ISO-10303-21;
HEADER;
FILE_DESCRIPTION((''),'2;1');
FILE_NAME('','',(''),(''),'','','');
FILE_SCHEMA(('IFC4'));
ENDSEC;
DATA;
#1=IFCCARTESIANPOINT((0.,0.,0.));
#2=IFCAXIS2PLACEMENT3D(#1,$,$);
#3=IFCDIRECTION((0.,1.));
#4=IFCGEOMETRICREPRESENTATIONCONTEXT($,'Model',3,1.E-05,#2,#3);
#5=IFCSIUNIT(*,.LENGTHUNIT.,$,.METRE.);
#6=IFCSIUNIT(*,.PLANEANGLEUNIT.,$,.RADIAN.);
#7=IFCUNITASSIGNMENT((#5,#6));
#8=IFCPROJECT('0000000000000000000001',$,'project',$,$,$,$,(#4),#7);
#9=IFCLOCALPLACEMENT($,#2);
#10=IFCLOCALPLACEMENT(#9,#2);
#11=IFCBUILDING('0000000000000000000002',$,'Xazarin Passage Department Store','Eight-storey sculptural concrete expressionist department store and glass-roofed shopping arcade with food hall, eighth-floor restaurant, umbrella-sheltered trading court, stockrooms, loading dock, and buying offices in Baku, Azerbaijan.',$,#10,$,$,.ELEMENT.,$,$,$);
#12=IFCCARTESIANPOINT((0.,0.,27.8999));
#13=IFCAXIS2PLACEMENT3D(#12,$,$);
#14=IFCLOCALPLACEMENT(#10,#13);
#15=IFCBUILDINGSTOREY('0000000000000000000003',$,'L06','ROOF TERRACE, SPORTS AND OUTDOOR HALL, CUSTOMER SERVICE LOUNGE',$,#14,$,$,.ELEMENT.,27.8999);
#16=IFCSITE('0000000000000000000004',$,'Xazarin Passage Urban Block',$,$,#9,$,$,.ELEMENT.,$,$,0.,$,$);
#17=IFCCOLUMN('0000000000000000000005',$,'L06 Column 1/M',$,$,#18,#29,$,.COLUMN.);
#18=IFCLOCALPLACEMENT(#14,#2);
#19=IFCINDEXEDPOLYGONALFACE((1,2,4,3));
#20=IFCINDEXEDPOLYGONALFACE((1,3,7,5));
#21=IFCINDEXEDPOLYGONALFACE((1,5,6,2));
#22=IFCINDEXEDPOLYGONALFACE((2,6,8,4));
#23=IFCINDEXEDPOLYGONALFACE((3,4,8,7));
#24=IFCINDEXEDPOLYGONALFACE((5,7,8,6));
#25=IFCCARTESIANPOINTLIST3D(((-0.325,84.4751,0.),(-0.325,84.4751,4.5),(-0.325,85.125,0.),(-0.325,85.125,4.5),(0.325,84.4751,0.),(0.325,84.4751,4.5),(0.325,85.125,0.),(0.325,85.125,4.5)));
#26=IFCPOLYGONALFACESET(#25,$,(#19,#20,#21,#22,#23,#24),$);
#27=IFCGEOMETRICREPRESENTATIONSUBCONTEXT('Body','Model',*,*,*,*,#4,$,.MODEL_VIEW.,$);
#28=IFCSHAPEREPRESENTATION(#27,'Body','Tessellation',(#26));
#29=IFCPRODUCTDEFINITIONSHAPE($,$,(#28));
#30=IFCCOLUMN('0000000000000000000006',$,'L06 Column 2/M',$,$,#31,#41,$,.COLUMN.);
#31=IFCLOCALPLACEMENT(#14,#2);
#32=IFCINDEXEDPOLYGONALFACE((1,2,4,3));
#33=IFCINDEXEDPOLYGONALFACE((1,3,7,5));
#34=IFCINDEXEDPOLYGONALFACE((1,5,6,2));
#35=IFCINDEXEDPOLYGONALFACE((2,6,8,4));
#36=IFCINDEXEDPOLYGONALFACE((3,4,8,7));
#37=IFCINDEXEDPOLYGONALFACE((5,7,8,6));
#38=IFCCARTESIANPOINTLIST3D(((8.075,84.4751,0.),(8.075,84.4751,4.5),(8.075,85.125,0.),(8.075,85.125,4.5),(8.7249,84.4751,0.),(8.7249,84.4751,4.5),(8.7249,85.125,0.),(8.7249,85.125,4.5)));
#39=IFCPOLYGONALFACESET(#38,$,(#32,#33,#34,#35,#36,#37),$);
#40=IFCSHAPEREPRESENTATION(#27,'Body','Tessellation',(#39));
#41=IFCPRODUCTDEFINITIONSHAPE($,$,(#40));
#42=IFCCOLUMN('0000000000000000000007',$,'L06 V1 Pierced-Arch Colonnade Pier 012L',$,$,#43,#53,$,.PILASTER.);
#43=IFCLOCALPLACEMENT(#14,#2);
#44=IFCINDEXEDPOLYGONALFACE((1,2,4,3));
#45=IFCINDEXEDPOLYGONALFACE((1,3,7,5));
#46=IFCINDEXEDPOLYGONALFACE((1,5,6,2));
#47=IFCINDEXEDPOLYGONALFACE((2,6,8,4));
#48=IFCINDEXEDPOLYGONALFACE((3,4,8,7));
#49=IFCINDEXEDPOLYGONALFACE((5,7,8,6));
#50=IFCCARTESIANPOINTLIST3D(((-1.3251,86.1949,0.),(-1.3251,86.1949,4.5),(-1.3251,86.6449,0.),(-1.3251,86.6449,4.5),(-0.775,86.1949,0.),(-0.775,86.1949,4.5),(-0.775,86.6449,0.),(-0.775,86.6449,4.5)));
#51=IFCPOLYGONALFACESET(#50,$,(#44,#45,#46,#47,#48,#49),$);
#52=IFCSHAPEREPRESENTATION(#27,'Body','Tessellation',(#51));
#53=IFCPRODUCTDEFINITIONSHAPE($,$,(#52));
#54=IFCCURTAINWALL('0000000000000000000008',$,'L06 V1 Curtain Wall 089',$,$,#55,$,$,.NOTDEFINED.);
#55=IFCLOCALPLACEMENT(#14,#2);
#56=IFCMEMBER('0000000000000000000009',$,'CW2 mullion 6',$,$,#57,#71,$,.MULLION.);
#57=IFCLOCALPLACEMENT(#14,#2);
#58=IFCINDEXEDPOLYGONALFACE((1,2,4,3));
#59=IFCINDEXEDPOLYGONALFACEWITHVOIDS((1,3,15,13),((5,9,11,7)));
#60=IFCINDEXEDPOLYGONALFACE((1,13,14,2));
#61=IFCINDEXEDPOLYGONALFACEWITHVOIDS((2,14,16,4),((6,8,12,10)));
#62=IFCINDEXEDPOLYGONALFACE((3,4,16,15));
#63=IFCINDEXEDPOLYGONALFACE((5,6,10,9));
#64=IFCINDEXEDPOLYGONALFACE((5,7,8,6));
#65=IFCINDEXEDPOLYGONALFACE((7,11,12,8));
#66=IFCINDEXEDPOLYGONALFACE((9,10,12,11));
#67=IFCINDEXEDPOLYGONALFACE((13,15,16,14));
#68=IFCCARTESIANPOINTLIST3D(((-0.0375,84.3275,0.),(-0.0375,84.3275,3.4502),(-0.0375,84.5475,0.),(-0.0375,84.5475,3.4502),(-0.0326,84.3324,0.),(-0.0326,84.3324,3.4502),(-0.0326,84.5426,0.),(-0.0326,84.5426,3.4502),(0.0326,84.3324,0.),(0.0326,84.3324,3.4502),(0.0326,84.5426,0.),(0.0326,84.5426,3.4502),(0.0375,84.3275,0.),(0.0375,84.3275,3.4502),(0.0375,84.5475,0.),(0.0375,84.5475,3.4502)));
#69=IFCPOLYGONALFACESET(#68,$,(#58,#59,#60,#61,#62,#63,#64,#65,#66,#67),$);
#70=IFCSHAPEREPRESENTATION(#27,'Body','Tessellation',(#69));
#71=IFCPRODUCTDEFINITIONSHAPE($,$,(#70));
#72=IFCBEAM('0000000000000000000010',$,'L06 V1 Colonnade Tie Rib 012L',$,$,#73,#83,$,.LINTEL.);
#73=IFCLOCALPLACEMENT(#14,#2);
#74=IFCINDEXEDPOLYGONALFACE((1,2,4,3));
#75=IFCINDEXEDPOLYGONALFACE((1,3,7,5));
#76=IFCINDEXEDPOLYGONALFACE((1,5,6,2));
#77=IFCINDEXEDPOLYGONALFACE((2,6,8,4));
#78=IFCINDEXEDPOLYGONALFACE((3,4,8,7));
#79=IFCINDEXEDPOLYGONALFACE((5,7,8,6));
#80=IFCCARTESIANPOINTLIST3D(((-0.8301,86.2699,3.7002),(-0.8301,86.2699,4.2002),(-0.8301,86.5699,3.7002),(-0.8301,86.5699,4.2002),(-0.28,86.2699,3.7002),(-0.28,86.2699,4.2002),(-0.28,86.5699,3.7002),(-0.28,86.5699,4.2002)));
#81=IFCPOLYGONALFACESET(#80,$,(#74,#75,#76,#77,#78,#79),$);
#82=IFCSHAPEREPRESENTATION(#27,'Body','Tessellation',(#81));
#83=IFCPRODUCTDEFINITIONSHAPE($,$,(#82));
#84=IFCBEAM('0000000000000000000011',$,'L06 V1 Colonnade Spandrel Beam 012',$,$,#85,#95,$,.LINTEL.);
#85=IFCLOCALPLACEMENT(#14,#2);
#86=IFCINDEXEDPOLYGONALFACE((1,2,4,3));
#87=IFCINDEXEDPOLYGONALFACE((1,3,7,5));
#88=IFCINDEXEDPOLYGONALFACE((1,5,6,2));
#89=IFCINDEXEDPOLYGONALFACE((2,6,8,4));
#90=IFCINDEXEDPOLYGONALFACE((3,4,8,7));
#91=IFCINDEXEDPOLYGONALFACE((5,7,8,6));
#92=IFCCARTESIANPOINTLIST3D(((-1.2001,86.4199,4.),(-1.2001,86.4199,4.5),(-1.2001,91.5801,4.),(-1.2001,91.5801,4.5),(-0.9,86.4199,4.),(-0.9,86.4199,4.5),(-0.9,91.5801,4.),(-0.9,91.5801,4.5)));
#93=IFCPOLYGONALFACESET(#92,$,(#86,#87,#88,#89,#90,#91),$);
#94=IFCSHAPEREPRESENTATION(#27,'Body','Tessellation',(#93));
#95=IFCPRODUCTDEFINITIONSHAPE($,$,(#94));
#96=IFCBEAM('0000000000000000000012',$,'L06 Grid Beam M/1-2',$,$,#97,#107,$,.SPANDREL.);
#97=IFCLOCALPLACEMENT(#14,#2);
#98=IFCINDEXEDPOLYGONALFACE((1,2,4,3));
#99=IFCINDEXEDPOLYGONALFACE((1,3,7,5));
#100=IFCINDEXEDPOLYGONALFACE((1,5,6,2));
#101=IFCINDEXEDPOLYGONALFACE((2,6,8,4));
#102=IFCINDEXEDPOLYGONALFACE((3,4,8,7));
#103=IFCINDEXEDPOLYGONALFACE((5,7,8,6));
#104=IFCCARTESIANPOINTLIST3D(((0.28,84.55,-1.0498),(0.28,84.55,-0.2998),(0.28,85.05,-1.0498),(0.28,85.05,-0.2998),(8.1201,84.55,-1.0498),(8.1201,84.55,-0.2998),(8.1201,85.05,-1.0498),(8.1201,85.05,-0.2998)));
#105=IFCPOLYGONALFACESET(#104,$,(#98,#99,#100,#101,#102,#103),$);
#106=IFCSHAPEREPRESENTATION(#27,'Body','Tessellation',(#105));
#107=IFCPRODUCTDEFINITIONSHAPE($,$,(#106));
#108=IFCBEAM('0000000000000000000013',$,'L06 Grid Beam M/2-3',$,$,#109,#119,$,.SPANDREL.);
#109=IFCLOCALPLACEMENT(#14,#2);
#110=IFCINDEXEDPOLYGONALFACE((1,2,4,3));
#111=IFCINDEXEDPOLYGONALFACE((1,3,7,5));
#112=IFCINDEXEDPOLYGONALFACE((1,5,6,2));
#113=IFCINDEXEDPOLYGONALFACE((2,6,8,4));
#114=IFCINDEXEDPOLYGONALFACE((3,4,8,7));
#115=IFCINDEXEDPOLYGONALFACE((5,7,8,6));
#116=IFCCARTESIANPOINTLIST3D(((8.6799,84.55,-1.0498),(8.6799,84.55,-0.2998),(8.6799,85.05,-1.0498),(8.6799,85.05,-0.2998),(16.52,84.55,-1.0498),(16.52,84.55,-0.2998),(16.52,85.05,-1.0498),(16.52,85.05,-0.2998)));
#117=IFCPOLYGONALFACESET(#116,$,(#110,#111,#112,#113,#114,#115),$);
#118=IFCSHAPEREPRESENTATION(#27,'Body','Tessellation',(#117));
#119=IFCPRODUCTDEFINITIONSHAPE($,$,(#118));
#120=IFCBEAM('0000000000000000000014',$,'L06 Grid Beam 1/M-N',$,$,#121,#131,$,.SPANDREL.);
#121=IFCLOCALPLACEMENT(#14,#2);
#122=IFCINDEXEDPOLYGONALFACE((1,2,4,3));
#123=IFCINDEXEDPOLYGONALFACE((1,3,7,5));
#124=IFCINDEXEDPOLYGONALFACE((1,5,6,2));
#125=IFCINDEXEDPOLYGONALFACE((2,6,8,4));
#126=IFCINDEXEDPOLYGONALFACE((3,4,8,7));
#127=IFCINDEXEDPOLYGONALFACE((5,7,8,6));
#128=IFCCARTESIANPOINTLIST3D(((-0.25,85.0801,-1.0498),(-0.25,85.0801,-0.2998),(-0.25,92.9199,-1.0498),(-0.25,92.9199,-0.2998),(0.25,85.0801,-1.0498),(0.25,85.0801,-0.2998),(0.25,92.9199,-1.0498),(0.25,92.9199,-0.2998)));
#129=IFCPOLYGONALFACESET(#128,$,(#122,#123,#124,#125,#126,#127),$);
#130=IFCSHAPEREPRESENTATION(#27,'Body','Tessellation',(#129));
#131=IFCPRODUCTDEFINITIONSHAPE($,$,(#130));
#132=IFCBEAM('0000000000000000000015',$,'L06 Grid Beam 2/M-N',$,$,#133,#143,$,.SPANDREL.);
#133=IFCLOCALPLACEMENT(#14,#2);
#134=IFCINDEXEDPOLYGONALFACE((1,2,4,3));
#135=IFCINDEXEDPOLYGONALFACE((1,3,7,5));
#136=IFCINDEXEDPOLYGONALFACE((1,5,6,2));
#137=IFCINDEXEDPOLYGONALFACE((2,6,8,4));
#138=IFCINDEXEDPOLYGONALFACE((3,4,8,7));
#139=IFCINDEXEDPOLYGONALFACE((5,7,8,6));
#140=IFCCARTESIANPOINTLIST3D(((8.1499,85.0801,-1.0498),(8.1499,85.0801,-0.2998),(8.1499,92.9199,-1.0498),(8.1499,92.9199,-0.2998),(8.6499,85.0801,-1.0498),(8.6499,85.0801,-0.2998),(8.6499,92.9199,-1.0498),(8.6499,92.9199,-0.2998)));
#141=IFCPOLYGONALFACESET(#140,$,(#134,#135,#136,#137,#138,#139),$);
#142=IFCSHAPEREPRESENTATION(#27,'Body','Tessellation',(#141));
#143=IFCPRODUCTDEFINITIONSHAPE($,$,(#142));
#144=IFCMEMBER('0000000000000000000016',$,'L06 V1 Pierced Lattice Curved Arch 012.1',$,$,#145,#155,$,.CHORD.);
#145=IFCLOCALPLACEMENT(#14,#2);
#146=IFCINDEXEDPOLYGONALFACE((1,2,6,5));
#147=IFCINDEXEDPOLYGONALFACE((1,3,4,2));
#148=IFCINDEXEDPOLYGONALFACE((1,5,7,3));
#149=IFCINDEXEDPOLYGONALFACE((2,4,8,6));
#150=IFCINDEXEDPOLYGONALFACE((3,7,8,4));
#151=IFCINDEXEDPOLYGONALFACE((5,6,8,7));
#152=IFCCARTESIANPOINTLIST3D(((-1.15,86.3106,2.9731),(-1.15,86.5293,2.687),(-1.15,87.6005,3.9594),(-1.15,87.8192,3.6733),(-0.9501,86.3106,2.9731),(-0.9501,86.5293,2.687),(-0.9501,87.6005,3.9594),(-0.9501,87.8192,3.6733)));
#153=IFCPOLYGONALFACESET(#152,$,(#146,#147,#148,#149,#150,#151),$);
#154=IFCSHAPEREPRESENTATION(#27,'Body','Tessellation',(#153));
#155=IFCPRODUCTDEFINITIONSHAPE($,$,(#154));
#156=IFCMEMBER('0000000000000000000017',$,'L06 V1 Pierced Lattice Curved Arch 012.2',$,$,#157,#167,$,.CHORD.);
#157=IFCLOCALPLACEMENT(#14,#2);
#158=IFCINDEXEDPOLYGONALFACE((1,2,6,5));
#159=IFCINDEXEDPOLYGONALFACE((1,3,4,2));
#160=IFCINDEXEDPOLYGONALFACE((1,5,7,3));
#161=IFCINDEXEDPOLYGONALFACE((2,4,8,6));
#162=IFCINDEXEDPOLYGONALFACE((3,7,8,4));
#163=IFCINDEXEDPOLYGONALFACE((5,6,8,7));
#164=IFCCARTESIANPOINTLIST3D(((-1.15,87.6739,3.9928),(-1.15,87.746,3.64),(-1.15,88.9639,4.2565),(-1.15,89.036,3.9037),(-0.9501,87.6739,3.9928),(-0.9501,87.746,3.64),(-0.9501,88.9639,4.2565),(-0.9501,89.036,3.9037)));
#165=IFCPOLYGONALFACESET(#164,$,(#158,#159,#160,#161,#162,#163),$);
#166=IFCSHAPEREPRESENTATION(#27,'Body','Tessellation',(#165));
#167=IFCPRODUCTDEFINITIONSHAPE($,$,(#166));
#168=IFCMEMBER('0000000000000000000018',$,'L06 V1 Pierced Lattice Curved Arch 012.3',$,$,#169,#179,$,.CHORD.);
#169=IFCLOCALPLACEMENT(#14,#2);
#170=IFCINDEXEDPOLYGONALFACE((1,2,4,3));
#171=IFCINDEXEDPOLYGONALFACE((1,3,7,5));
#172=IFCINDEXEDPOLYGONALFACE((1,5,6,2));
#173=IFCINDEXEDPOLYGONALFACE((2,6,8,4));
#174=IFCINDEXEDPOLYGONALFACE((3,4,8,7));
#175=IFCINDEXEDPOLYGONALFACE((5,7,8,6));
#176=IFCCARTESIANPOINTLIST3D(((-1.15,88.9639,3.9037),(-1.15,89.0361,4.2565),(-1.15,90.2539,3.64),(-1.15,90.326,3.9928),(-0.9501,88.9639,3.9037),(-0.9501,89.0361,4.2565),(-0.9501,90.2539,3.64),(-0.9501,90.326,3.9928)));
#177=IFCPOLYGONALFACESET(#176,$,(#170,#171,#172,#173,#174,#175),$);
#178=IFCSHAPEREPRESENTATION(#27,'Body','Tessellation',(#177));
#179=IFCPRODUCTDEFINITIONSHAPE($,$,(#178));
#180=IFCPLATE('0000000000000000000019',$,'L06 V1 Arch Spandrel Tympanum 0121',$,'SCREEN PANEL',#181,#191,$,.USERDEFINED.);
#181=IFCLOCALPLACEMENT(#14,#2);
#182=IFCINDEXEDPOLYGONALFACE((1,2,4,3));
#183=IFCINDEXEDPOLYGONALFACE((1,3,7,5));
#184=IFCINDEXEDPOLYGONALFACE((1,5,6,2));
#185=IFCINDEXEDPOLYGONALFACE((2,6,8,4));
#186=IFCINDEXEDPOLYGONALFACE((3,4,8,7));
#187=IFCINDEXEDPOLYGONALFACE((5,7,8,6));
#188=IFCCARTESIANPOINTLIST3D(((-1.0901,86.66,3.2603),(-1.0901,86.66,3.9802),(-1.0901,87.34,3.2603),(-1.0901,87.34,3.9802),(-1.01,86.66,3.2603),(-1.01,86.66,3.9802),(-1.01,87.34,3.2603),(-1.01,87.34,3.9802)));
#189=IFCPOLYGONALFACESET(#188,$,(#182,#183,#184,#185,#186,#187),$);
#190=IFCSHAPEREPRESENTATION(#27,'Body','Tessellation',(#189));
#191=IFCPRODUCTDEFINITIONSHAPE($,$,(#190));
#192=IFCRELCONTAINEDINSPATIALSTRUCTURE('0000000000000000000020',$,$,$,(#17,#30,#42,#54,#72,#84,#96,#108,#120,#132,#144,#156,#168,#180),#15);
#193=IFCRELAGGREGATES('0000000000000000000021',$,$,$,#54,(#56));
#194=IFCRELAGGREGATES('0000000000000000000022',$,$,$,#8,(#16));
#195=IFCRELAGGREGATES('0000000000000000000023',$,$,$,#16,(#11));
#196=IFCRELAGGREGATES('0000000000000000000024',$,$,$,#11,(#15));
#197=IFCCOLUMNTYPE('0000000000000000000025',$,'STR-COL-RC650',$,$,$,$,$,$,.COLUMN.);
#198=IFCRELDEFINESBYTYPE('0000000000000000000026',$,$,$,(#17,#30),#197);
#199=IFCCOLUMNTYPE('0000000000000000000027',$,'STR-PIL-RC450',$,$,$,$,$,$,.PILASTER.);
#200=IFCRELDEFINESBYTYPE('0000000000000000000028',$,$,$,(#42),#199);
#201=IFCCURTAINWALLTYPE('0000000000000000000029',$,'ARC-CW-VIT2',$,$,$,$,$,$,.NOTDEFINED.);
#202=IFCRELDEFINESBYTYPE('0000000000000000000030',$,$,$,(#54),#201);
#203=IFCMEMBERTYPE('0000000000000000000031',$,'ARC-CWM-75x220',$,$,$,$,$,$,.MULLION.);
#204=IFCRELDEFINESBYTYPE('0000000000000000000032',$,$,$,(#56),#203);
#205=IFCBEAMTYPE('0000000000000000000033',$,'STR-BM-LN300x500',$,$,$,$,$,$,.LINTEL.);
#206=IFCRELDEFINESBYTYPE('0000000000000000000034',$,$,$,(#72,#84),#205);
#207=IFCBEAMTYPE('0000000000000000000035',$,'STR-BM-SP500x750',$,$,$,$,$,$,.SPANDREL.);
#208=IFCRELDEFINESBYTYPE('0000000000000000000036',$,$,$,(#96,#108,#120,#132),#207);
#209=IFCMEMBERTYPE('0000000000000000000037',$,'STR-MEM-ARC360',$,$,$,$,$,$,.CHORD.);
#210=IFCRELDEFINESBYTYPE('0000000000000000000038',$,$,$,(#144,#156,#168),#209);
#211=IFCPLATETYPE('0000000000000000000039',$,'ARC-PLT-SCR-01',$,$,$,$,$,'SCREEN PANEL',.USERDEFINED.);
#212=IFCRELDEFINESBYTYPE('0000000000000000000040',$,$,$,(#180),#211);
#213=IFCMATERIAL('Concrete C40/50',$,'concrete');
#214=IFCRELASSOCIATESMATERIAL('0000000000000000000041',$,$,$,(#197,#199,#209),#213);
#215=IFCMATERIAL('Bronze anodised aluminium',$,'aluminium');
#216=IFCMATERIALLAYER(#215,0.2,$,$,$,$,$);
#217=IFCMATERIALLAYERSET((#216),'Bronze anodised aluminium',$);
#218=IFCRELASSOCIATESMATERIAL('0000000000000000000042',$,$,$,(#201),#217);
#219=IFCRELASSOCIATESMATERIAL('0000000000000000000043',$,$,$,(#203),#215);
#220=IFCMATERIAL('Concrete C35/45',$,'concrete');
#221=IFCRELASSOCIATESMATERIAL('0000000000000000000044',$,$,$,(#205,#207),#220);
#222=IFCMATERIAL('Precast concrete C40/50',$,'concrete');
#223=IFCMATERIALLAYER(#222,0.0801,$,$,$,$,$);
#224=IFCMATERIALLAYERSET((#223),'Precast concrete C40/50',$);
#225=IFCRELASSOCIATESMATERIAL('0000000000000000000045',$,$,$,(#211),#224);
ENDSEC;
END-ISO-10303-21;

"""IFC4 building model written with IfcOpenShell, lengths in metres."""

from ifc_helpers import new_model, si_unit, direction, frame, origin, origin_2d, place, context, subcontext, project, spatial, rectangle, hollow_rectangle, extrude, material, layer, layer_set, material_profile, profile_set, type_object, element, aggregate, save


model = new_model("IFC4")

# Units and contexts
model_context = context("Model", 3, precision=1e-05, world=origin(), true_north=direction((0.0, 1.0)))
body_context = subcontext(model_context, "Body", "Model", "MODEL_VIEW")
ifc_project = project(units=[si_unit("LENGTHUNIT", "METRE"), si_unit("PLANEANGLEUNIT", "RADIAN")], contexts=[model_context])

# Site, building, storey
site_placement = place(None, origin())
site = spatial("IfcSite", under=ifc_project, at=site_placement, Name="Xazarin Passage Urban Block", CompositionType="ELEMENT", RefElevation=0.0)
building_placement = place(site_placement, origin())
building = spatial("IfcBuilding", under=site, at=building_placement, Name="Xazarin Passage Department Store", Description="Eight-storey sculptural concrete expressionist department store and glass-roofed shopping arcade with food hall, eighth-floor restaurant, umbrella-sheltered trading court, stockrooms, loading dock, and buying offices in Baku, Azerbaijan.", CompositionType="ELEMENT")
storey_placement = place(building_placement, frame((0.0, 0.0, 27.8999)))
storey = spatial("IfcBuildingStorey", under=building, at=storey_placement, Name="L06", Description="ROOF TERRACE, SPORTS AND OUTDOOR HALL, CUSTOMER SERVICE LOUNGE", CompositionType="ELEMENT", Elevation=27.8999)

# Columns
ifc_material_1 = material(Name="Concrete C40/50", Category="concrete")
ifc_material_profile_1 = material_profile(ifc_material_1, rectangle(XDim=0.6499, YDim=0.6499, at=origin_2d()), Name="RC 650x650")
ifc_profile_set_1 = profile_set([ifc_material_profile_1], Name="Concrete C40/50")
column_type_1 = type_object("IfcColumnType", Name="STR-COL-RC650", PredefinedType="COLUMN", material=ifc_profile_set_1)
for number, where, z_axis, x_axis, name in (
    (1, (0.0, 84.8, 0.0), (0.0, 0.0, 1.0), (1.0, 0.0, 0.0), "L06 Column 1/M"),
    (2, (8.3999, 84.8, 0.0), (0.0, 0.0, 1.0), (1.0, 0.0, 0.0), "L06 Column 2/M"),
):
    element("IfcColumn", number, at=place(storey_placement, frame(where, z_axis=z_axis, x_axis=x_axis)), inside=storey, type_object=column_type_1, Name=name, PredefinedType="COLUMN", context=body_context, shape_type="SweptSolid", body=[
        extrude(rectangle(XDim=0.6499, YDim=0.6499, at=origin_2d()), origin(), (0.0, 0.0, 1.0), 4.5),
    ])
ifc_material_profile_2 = material_profile(ifc_material_1, rectangle(XDim=0.45, YDim=0.55, at=origin_2d()), Name="RC 450x550")
ifc_profile_set_2 = profile_set([ifc_material_profile_2], Name="Concrete C40/50")
column_type_2 = type_object("IfcColumnType", Name="STR-PIL-RC450", PredefinedType="PILASTER", material=ifc_profile_set_2)
column_placement = place(storey_placement, frame((-1.05, 86.4199, 0.0), z_axis=(0.0, 0.0, 1.0), x_axis=(0.0, 1.0, 0.0)))
element("IfcColumn", 3, at=column_placement, inside=storey, type_object=column_type_2, Name="L06 V1 Pierced-Arch Colonnade Pier 012L", PredefinedType="PILASTER", context=body_context, shape_type="SweptSolid", body=[
    extrude(rectangle(XDim=0.45, YDim=0.55, at=origin_2d()), origin(), (0.0, 0.0, 1.0), 4.5),
])

# Curtain wall, member
ifc_material_2 = material(Name="Bronze anodised aluminium", Category="aluminium")
ifc_layer_1 = layer(ifc_material_2, 0.2)
ifc_layer_set_1 = layer_set([ifc_layer_1], Name="Bronze anodised aluminium")
curtain_wall_type = type_object("IfcCurtainWallType", Name="ARC-CW-VIT2", PredefinedType="NOTDEFINED", material=ifc_layer_set_1)
curtain_wall_placement = place(storey_placement, origin())
curtain_wall = element("IfcCurtainWall", 4, at=curtain_wall_placement, inside=storey, type_object=curtain_wall_type, Name="L06 V1 Curtain Wall 089", PredefinedType="NOTDEFINED")
ifc_material_profile_3 = material_profile(ifc_material_2, hollow_rectangle(XDim=0.075, YDim=0.22, WallThickness=0.0049, at=origin_2d()), Name="ALU 75x220")
ifc_profile_set_3 = profile_set([ifc_material_profile_3], Name="Bronze anodised aluminium")
member_type_1 = type_object("IfcMemberType", Name="ARC-CWM-75x220", PredefinedType="MULLION", material=ifc_profile_set_3)
member_1_placement = place(storey_placement, frame((0.0, 84.4375, 0.0), z_axis=(0.0, 0.0, 1.0), x_axis=(-1.0, 0.0, 0.0)))
member_1 = element("IfcMember", 5, at=member_1_placement, type_object=member_type_1, Name="CW2 mullion 6", PredefinedType="MULLION", context=body_context, shape_type="SweptSolid", body=[
    extrude(hollow_rectangle(XDim=0.075, YDim=0.22, WallThickness=0.0049, at=origin_2d()), origin(), (0.0, 0.0, 1.0), 3.4502),
])
aggregate(curtain_wall, [member_1])

# Beams
ifc_material_3 = material(Name="Concrete C35/45", Category="concrete")
ifc_material_profile_4 = material_profile(ifc_material_3, rectangle(XDim=0.3, YDim=0.5, at=origin_2d()), Name="RC 300x500")
ifc_profile_set_4 = profile_set([ifc_material_profile_4], Name="Concrete C35/45")
beam_type_1 = type_object("IfcBeamType", Name="STR-BM-LN300x500", PredefinedType="LINTEL", material=ifc_profile_set_4)
beam_1_placement = place(storey_placement, frame((-0.28, 86.4199, 3.9502), z_axis=(-1.0, 0.0, 0.0), x_axis=(0.0, -1.0, 0.0)))
element("IfcBeam", 6, at=beam_1_placement, inside=storey, type_object=beam_type_1, Name="L06 V1 Colonnade Tie Rib 012L", PredefinedType="LINTEL", context=body_context, shape_type="SweptSolid", body=[
    extrude(rectangle(XDim=0.3, YDim=0.5, at=origin_2d()), origin(), (0.0, 0.0, 1.0), 0.55),
])
beam_2_placement = place(storey_placement, frame((-1.05, 86.4199, 4.25), z_axis=(0.0, 1.0, 0.0), x_axis=(-1.0, 0.0, 0.0)))
element("IfcBeam", 7, at=beam_2_placement, inside=storey, type_object=beam_type_1, Name="L06 V1 Colonnade Spandrel Beam 012", PredefinedType="LINTEL", context=body_context, shape_type="SweptSolid", body=[
    extrude(rectangle(XDim=0.3, YDim=0.5, at=origin_2d()), origin(), (0.0, 0.0, 1.0), 5.1602),
])
ifc_material_profile_5 = material_profile(ifc_material_3, rectangle(XDim=0.5, YDim=0.75, at=origin_2d()), Name="RC 500x750")
ifc_profile_set_5 = profile_set([ifc_material_profile_5], Name="Concrete C35/45")
beam_type_2 = type_object("IfcBeamType", Name="STR-BM-SP500x750", PredefinedType="SPANDREL", material=ifc_profile_set_5)
for number, where, z_axis, x_axis, name in (
    (8, (0.28, 84.8, -0.6748), (1.0, 0.0, 0.0), (0.0, 1.0, 0.0), "L06 Grid Beam M/1-2"),
    (9, (8.6799, 84.8, -0.6748), (1.0, 0.0, 0.0), (0.0, 1.0, 0.0), "L06 Grid Beam M/2-3"),
):
    element("IfcBeam", number, at=place(storey_placement, frame(where, z_axis=z_axis, x_axis=x_axis)), inside=storey, type_object=beam_type_2, Name=name, PredefinedType="SPANDREL", context=body_context, shape_type="SweptSolid", body=[
        extrude(rectangle(XDim=0.5, YDim=0.75, at=origin_2d()), origin(), (0.0, 0.0, 1.0), 7.8401),
    ])
for number, where, z_axis, x_axis, name in (
    (10, (0.0, 85.0801, -0.6748), (0.0, 1.0, 0.0), (-1.0, 0.0, 0.0), "L06 Grid Beam 1/M-N"),
    (11, (8.3999, 85.0801, -0.6748), (0.0, 1.0, 0.0), (-1.0, 0.0, 0.0), "L06 Grid Beam 2/M-N"),
):
    element("IfcBeam", number, at=place(storey_placement, frame(where, z_axis=z_axis, x_axis=x_axis)), inside=storey, type_object=beam_type_2, Name=name, PredefinedType="SPANDREL", context=body_context, shape_type="SweptSolid", body=[
        extrude(rectangle(XDim=0.5, YDim=0.75, at=origin_2d()), origin(), (0.0, 0.0, 1.0), 7.8398),
    ])

# Members
ifc_material_profile_6 = material_profile(ifc_material_1, rectangle(XDim=0.2, YDim=0.3601, at=origin_2d()), Name="RC 200x360")
ifc_profile_set_6 = profile_set([ifc_material_profile_6], Name="Concrete C40/50")
member_type_2 = type_object("IfcMemberType", Name="STR-MEM-ARC360", PredefinedType="CHORD", material=ifc_profile_set_6)
member_2_placement = place(storey_placement, frame((-1.05, 86.4199, 2.8301), z_axis=(0.0, 0.794409, 0.607383), x_axis=(-1.0, 0.0, 0.0)))
element("IfcMember", 12, at=member_2_placement, inside=storey, type_object=member_type_2, Name="L06 V1 Pierced Lattice Curved Arch 012.1", PredefinedType="CHORD", context=body_context, shape_type="SweptSolid", body=[
    extrude(rectangle(XDim=0.2, YDim=0.3601, at=origin_2d()), origin(), (0.0, 0.0, 1.0), 1.6238),
])
for number, where, z_axis, x_axis, name in (
    (13, (-1.05, 87.71, 3.8164), (0.0, 0.979745, 0.200251), (-1.0, 0.0, 0.0), "L06 V1 Pierced Lattice Curved Arch 012.2"),
    (14, (-1.05, 89.0, 4.0801), (0.0, 0.979745, -0.200251), (-1.0, 0.0, 0.0), "L06 V1 Pierced Lattice Curved Arch 012.3"),
):
    element("IfcMember", number, at=place(storey_placement, frame(where, z_axis=z_axis, x_axis=x_axis)), inside=storey, type_object=member_type_2, Name=name, PredefinedType="CHORD", context=body_context, shape_type="SweptSolid", body=[
        extrude(rectangle(XDim=0.2, YDim=0.3601, at=origin_2d()), origin(), (0.0, 0.0, 1.0), 1.3167),
    ])

# Plate
ifc_material_4 = material(Name="Precast concrete C40/50", Category="concrete")
ifc_layer_2 = layer(ifc_material_4, 0.0801)
ifc_layer_set_2 = layer_set([ifc_layer_2], Name="Precast concrete C40/50")
plate_type = type_object("IfcPlateType", Name="ARC-PLT-SCR-01", ElementType="SCREEN PANEL", PredefinedType="USERDEFINED", material=ifc_layer_set_2)
plate_placement = place(storey_placement, frame((-1.05, 87.0, 3.2603), z_axis=(0.0, 0.0, 1.0), x_axis=(0.0, 1.0, 0.0)))
element("IfcPlate", 15, at=plate_placement, inside=storey, type_object=plate_type, Name="L06 V1 Arch Spandrel Tympanum 0121", ObjectType="SCREEN PANEL", PredefinedType="USERDEFINED", context=body_context, shape_type="SweptSolid", body=[
    extrude(rectangle(XDim=0.6799, YDim=0.0801, at=origin_2d()), origin(), (0.0, 0.0, 1.0), 0.72),
])

save(model, "model.ifc")
